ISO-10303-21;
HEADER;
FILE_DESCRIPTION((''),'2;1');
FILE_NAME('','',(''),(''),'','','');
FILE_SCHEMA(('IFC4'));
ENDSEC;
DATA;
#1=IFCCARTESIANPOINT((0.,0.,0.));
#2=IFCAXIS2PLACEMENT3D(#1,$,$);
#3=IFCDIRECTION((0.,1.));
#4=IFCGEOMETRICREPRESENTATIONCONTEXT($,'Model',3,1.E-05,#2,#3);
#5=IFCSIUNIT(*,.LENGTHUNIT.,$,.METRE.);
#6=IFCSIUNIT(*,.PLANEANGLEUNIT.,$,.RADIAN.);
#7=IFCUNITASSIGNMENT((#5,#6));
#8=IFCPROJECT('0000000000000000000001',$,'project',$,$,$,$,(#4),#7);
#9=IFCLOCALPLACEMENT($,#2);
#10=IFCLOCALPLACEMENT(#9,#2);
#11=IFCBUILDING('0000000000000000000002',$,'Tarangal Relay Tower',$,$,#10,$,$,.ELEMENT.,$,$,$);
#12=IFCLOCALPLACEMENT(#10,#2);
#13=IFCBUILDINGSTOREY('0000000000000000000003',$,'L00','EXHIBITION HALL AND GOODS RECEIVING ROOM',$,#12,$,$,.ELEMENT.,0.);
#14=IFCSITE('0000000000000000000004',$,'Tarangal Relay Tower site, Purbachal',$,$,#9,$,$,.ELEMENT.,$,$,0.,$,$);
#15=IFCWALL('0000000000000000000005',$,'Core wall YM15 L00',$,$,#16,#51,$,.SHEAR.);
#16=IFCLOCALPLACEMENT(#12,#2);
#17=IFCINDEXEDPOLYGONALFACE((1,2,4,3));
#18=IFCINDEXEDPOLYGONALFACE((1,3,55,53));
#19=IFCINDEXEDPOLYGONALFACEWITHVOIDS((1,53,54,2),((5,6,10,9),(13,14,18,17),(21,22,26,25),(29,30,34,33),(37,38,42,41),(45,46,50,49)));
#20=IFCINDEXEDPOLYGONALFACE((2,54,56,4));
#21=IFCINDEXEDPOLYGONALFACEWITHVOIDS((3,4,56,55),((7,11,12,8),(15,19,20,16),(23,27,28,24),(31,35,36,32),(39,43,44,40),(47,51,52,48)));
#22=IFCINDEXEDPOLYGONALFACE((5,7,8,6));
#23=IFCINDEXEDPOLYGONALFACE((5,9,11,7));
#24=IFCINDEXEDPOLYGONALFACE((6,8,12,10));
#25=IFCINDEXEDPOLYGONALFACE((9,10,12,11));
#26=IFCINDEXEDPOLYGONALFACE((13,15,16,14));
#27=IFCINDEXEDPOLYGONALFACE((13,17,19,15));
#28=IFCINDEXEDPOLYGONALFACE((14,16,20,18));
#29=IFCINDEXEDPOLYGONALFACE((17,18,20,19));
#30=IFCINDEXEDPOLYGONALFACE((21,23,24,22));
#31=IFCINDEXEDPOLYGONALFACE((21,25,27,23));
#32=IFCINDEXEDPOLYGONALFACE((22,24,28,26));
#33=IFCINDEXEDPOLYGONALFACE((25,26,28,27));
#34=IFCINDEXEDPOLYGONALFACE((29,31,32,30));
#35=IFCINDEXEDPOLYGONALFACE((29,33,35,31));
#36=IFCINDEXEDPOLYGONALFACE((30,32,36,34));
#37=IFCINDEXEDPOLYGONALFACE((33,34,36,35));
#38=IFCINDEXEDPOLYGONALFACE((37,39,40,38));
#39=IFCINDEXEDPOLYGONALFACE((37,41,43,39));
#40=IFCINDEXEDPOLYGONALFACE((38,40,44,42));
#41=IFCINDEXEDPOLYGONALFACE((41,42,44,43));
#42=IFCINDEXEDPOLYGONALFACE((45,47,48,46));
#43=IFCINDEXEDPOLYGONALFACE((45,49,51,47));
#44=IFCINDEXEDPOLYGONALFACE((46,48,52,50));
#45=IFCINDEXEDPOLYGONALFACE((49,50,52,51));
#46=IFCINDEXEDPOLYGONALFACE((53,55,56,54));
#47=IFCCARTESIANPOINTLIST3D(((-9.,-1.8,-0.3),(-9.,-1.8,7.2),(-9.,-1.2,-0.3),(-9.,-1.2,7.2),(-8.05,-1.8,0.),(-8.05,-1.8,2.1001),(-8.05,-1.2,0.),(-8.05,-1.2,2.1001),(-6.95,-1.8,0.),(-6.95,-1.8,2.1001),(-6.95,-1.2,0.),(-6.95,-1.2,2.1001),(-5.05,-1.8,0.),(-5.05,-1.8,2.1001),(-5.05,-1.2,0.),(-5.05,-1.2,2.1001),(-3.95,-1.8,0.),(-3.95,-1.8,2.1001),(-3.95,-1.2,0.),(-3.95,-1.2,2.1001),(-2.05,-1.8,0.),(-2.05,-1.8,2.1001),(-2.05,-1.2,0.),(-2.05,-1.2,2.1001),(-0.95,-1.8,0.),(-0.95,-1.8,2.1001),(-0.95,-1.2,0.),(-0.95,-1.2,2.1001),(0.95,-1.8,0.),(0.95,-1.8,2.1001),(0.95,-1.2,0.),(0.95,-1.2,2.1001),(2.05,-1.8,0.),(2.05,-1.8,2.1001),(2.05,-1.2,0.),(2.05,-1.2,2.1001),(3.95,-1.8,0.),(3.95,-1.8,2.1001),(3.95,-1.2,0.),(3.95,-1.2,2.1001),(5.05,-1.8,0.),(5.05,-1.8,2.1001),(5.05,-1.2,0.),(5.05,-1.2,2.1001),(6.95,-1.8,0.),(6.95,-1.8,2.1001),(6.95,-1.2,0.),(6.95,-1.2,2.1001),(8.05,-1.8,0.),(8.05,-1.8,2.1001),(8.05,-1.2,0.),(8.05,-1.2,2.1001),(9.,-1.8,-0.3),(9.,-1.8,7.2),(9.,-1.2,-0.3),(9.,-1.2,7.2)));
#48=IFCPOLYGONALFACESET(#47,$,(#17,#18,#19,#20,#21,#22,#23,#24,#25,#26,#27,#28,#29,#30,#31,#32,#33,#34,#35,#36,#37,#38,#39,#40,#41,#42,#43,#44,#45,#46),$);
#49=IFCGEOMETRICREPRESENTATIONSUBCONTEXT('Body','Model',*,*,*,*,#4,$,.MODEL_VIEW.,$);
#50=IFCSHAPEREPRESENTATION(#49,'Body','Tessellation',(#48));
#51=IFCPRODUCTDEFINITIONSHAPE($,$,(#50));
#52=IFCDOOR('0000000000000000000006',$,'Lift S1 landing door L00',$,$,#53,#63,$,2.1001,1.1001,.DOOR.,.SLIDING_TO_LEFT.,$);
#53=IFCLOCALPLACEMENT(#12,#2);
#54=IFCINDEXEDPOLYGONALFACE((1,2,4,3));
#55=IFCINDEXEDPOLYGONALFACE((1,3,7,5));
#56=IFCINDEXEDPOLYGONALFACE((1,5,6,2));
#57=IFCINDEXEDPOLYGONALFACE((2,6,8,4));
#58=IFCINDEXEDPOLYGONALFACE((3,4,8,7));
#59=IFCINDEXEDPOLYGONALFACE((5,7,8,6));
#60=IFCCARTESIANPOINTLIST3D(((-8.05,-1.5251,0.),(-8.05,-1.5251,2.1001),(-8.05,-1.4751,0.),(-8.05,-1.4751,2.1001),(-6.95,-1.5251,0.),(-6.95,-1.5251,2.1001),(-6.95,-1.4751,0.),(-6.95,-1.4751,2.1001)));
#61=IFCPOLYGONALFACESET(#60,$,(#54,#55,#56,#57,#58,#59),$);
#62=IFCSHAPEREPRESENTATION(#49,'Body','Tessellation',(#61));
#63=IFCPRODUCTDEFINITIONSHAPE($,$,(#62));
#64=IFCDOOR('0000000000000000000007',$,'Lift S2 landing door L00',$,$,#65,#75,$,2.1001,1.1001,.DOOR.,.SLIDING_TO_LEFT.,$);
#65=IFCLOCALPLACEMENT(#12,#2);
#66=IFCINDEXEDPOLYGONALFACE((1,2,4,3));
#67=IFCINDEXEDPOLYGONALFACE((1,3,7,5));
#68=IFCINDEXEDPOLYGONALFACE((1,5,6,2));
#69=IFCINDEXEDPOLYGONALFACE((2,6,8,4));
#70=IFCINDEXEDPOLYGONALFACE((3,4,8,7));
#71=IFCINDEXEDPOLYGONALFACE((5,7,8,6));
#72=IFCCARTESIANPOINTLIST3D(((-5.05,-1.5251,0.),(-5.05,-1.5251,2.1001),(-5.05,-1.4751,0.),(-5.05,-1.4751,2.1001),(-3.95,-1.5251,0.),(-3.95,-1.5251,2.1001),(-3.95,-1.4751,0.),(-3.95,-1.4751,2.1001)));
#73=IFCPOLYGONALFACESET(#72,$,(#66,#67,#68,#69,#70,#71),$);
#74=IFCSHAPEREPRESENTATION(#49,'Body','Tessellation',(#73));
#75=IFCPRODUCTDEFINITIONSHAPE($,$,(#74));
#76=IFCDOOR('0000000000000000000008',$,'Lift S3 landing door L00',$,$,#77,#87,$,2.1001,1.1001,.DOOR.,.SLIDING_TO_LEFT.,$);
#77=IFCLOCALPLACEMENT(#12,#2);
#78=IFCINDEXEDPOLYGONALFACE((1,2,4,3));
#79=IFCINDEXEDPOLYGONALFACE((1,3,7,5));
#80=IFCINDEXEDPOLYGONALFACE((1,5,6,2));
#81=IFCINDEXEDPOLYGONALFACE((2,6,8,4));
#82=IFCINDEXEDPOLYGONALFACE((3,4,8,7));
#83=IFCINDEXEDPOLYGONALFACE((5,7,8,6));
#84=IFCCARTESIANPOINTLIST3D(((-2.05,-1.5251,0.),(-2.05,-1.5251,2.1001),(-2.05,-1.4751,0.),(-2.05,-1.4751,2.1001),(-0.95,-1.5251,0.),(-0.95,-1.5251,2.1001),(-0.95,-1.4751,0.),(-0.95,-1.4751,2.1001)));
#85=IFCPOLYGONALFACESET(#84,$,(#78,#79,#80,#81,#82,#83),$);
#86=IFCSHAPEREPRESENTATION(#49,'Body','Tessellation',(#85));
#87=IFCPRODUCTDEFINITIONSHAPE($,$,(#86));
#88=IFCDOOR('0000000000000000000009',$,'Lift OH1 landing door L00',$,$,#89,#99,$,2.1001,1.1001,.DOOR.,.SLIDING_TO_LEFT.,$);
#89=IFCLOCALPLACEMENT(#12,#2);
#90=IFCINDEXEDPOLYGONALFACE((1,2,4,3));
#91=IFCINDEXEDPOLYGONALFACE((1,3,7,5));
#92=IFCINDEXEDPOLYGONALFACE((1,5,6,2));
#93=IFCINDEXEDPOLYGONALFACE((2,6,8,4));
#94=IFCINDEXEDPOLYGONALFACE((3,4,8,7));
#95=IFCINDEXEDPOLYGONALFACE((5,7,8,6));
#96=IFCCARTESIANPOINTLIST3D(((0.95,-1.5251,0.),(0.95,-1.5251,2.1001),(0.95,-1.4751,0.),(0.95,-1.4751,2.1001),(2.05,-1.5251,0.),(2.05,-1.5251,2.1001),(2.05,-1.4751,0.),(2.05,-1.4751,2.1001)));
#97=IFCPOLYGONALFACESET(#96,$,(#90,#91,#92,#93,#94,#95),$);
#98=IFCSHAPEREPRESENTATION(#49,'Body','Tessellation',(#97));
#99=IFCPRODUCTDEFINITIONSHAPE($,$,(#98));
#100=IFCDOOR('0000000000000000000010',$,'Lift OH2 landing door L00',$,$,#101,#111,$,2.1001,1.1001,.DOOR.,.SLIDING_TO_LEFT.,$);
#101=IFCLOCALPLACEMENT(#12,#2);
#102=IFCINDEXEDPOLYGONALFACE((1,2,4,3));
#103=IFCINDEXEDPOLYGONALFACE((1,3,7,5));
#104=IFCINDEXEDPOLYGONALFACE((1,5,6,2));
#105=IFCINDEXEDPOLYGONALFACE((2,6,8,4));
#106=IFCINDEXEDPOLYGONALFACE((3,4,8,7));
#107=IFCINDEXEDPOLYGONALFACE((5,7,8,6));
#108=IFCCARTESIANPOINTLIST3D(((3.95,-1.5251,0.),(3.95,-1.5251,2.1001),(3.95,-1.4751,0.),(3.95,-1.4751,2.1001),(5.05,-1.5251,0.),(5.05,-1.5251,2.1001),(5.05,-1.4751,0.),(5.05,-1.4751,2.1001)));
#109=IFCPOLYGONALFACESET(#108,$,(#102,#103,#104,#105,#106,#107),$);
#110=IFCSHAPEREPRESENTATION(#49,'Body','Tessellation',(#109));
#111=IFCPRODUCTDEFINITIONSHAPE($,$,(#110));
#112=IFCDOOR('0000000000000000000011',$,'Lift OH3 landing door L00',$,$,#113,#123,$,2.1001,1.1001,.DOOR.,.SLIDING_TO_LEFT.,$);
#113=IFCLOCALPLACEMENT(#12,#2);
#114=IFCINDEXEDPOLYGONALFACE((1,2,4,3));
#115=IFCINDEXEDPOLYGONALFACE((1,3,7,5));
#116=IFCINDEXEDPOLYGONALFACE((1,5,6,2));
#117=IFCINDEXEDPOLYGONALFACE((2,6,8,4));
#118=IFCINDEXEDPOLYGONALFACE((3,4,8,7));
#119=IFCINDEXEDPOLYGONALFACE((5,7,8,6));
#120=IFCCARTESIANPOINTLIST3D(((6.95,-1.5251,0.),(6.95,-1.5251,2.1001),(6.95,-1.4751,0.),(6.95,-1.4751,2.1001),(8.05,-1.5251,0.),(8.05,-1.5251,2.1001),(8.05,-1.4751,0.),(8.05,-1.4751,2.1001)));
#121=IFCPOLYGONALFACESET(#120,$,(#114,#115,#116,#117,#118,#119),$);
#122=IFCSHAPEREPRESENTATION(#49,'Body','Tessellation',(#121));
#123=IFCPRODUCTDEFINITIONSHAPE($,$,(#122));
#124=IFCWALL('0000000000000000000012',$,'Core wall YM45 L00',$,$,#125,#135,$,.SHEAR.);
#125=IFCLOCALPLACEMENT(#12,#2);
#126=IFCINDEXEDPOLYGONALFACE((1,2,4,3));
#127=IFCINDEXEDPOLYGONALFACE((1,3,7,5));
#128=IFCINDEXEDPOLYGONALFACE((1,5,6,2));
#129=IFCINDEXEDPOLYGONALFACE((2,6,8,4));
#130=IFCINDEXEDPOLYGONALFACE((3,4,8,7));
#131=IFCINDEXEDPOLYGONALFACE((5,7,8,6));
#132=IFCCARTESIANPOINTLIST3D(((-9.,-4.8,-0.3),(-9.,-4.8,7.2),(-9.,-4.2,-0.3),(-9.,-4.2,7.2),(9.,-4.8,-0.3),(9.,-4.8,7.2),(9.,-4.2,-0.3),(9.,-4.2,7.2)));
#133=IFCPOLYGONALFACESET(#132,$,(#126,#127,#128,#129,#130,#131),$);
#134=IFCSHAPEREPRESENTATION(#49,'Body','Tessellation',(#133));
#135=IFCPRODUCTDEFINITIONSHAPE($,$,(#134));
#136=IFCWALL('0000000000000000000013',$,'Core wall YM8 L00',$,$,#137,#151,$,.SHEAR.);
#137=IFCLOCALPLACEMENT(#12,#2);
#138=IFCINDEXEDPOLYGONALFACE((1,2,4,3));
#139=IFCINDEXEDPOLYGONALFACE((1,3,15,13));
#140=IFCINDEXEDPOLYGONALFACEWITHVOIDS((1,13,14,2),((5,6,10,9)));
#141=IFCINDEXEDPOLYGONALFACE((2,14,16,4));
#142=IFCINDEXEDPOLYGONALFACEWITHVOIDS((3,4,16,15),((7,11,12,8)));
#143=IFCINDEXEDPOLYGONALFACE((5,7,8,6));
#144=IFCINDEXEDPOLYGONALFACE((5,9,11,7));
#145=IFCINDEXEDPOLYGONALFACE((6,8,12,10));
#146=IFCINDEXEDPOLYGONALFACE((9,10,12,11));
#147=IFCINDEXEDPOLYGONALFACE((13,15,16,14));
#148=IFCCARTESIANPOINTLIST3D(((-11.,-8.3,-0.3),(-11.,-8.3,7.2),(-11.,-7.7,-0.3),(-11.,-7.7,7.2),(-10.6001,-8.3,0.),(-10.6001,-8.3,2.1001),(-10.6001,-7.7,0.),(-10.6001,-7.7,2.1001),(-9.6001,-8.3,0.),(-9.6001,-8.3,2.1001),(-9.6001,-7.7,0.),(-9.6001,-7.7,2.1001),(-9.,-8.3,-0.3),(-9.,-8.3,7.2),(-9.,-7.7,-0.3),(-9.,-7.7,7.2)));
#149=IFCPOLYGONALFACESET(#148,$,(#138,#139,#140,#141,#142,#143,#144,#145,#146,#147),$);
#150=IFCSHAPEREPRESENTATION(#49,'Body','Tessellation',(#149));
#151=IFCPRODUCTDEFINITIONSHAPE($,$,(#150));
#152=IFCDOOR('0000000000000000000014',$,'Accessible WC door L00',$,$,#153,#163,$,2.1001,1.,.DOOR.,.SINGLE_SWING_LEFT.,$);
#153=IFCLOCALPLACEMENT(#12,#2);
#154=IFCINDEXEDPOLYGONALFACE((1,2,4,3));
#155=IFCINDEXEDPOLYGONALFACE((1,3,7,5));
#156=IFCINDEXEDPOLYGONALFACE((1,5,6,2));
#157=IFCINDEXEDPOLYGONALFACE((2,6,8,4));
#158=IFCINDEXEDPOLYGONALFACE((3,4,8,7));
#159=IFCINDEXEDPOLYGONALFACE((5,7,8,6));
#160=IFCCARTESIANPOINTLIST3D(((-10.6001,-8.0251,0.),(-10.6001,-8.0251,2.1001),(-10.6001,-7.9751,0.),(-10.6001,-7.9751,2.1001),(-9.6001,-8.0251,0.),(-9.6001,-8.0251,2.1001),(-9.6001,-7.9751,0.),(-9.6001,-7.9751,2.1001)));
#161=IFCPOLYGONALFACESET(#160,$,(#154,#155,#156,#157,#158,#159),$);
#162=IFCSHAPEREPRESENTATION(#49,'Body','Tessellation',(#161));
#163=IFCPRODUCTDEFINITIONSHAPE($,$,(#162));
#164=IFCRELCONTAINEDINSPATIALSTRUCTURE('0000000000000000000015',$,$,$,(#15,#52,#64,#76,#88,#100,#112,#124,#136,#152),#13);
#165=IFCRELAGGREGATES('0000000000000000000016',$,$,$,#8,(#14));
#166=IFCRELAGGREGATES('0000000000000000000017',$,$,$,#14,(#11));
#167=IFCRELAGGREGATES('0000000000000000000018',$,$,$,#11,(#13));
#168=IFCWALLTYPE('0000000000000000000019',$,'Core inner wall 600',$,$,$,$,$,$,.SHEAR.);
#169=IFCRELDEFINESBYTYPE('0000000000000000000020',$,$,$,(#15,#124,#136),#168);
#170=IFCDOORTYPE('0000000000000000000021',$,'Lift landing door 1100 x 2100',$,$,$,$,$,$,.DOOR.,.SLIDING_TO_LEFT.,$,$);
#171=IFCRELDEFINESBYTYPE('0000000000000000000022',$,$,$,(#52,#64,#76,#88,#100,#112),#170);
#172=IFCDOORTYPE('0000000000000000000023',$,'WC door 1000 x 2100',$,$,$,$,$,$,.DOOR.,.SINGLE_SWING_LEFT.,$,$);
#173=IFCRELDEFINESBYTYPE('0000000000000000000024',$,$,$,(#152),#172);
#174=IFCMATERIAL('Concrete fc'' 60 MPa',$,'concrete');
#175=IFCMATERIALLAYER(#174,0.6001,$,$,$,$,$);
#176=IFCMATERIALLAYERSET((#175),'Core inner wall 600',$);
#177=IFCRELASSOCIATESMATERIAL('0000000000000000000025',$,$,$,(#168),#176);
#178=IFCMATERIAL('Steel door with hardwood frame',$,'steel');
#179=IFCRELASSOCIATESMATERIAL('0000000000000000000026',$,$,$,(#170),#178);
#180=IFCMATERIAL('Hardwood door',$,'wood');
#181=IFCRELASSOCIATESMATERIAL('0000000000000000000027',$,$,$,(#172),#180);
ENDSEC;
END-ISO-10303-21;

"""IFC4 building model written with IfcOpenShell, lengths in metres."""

from ifc_helpers import new_model, si_unit, direction, frame, frame_2d, origin, place, context, subcontext, project, spatial, rectangle, extrude, material, layer, layer_set, type_object, element, fill, save


model = new_model("IFC4")

# Units and contexts
model_context = context("Model", 3, precision=1e-05, world=origin(), true_north=direction((0.0, 1.0)))
body_context = subcontext(model_context, "Body", "Model", "MODEL_VIEW")
ifc_project = project(units=[si_unit("LENGTHUNIT", "METRE"), si_unit("PLANEANGLEUNIT", "RADIAN")], contexts=[model_context])

# Site, building, storey
site_placement = place(None, origin())
site = spatial("IfcSite", under=ifc_project, at=site_placement, Name="Tarangal Relay Tower site, Purbachal", CompositionType="ELEMENT", RefElevation=0.0)
building_placement = place(site_placement, origin())
building = spatial("IfcBuilding", under=site, at=building_placement, Name="Tarangal Relay Tower", CompositionType="ELEMENT")
storey_placement = place(building_placement, origin())
storey = spatial("IfcBuildingStorey", under=building, at=storey_placement, Name="L00", Description="EXHIBITION HALL AND GOODS RECEIVING ROOM", CompositionType="ELEMENT", Elevation=0.0)

# Wall, openings, doors
ifc_material_1 = material(Name="Concrete fc' 60 MPa", Category="concrete")
ifc_layer = layer(ifc_material_1, 0.6001)
ifc_layer_set = layer_set([ifc_layer], Name="Core inner wall 600")
wall_type = type_object("IfcWallType", Name="Core inner wall 600", PredefinedType="SHEAR", material=ifc_layer_set)
wall_1_placement = place(storey_placement, frame((-9.0, -1.5, -0.3), z_axis=(0.0, 0.0, 1.0), x_axis=(1.0, 0.0, 0.0)))
wall_1 = element("IfcWall", 1, at=wall_1_placement, inside=storey, type_object=wall_type, Name="Core wall YM15 L00", PredefinedType="SHEAR", context=body_context, shape_type="SweptSolid", body=[
    extrude(rectangle(XDim=18.0, YDim=0.6001, at=frame_2d((9.0, 0.0))), origin(), (0.0, 0.0, 1.0), 7.5),
])
opening_1_placement = place(wall_1_placement, frame((0.95, 0.0, 0.3)))
opening_1 = element("IfcOpeningElement", 2, at=opening_1_placement, cuts=wall_1, PredefinedType="OPENING", context=body_context, shape_type="SweptSolid", body=[
    extrude(rectangle(XDim=1.1001, YDim=2.1001, at=frame_2d((0.55, 1.05))), frame((0.0, 0.3101, 0.0), z_axis=(0.0, -1.0, 0.0), x_axis=(1.0, 0.0, 0.0)), (0.0, 0.0, 1.0), 0.6201),
])
opening_2_placement = place(wall_1_placement, frame((3.95, 0.0, 0.3)))
opening_2 = element("IfcOpeningElement", 3, at=opening_2_placement, cuts=wall_1, PredefinedType="OPENING", context=body_context, shape_type="SweptSolid", body=[
    extrude(rectangle(XDim=1.1001, YDim=2.1001, at=frame_2d((0.55, 1.05))), frame((0.0, 0.3101, 0.0), z_axis=(0.0, -1.0, 0.0), x_axis=(1.0, 0.0, 0.0)), (0.0, 0.0, 1.0), 0.6201),
])
opening_3_placement = place(wall_1_placement, frame((6.95, 0.0, 0.3)))
opening_3 = element("IfcOpeningElement", 4, at=opening_3_placement, cuts=wall_1, PredefinedType="OPENING", context=body_context, shape_type="SweptSolid", body=[
    extrude(rectangle(XDim=1.1001, YDim=2.1001, at=frame_2d((0.55, 1.05))), frame((0.0, 0.3101, 0.0), z_axis=(0.0, -1.0, 0.0), x_axis=(1.0, 0.0, 0.0)), (0.0, 0.0, 1.0), 0.6201),
])
opening_4_placement = place(wall_1_placement, frame((9.95, 0.0, 0.3)))
opening_4 = element("IfcOpeningElement", 5, at=opening_4_placement, cuts=wall_1, PredefinedType="OPENING", context=body_context, shape_type="SweptSolid", body=[
    extrude(rectangle(XDim=1.1001, YDim=2.1001, at=frame_2d((0.55, 1.05))), frame((0.0, 0.3101, 0.0), z_axis=(0.0, -1.0, 0.0), x_axis=(1.0, 0.0, 0.0)), (0.0, 0.0, 1.0), 0.6201),
])
opening_5_placement = place(wall_1_placement, frame((12.95, 0.0, 0.3)))
opening_5 = element("IfcOpeningElement", 6, at=opening_5_placement, cuts=wall_1, PredefinedType="OPENING", context=body_context, shape_type="SweptSolid", body=[
    extrude(rectangle(XDim=1.1001, YDim=2.1001, at=frame_2d((0.55, 1.05))), frame((0.0, 0.3101, 0.0), z_axis=(0.0, -1.0, 0.0), x_axis=(1.0, 0.0, 0.0)), (0.0, 0.0, 1.0), 0.6201),
])
opening_6_placement = place(wall_1_placement, frame((15.95, 0.0, 0.3)))
opening_6 = element("IfcOpeningElement", 7, at=opening_6_placement, cuts=wall_1, PredefinedType="OPENING", context=body_context, shape_type="SweptSolid", body=[
    extrude(rectangle(XDim=1.1001, YDim=2.1001, at=frame_2d((0.55, 1.05))), frame((0.0, 0.3101, 0.0), z_axis=(0.0, -1.0, 0.0), x_axis=(1.0, 0.0, 0.0)), (0.0, 0.0, 1.0), 0.6201),
])
ifc_material_2 = material(Name="Steel door with hardwood frame", Category="steel")
door_type_1 = type_object("IfcDoorType", Name="Lift landing door 1100 x 2100", OperationType="SLIDING_TO_LEFT", PredefinedType="DOOR", material=ifc_material_2)
door_1_placement = place(opening_1_placement, origin())
door_1 = element("IfcDoor", 8, at=door_1_placement, inside=storey, type_object=door_type_1, Name="Lift S1 landing door L00", OperationType="SLIDING_TO_LEFT", OverallHeight=2.1001, OverallWidth=1.1001, PredefinedType="DOOR", context=body_context, shape_type="SweptSolid", body=[
    extrude(rectangle(XDim=1.1001, YDim=2.1001, at=frame_2d((0.55, 1.05))), frame((0.0, 0.0249, 0.0), z_axis=(0.0, -1.0, 0.0), x_axis=(1.0, 0.0, 0.0)), (0.0, 0.0, 1.0), 0.05),
])
fill(opening_1, door_1)
door_2_placement = place(opening_2_placement, origin())
door_2 = element("IfcDoor", 9, at=door_2_placement, inside=storey, type_object=door_type_1, Name="Lift S2 landing door L00", OperationType="SLIDING_TO_LEFT", OverallHeight=2.1001, OverallWidth=1.1001, PredefinedType="DOOR", context=body_context, shape_type="SweptSolid", body=[
    extrude(rectangle(XDim=1.1001, YDim=2.1001, at=frame_2d((0.55, 1.05))), frame((0.0, 0.0249, 0.0), z_axis=(0.0, -1.0, 0.0), x_axis=(1.0, 0.0, 0.0)), (0.0, 0.0, 1.0), 0.05),
])
fill(opening_2, door_2)
door_3_placement = place(opening_3_placement, origin())
door_3 = element("IfcDoor", 10, at=door_3_placement, inside=storey, type_object=door_type_1, Name="Lift S3 landing door L00", OperationType="SLIDING_TO_LEFT", OverallHeight=2.1001, OverallWidth=1.1001, PredefinedType="DOOR", context=body_context, shape_type="SweptSolid", body=[
    extrude(rectangle(XDim=1.1001, YDim=2.1001, at=frame_2d((0.55, 1.05))), frame((0.0, 0.0249, 0.0), z_axis=(0.0, -1.0, 0.0), x_axis=(1.0, 0.0, 0.0)), (0.0, 0.0, 1.0), 0.05),
])
fill(opening_3, door_3)
door_4_placement = place(opening_4_placement, origin())
door_4 = element("IfcDoor", 11, at=door_4_placement, inside=storey, type_object=door_type_1, Name="Lift OH1 landing door L00", OperationType="SLIDING_TO_LEFT", OverallHeight=2.1001, OverallWidth=1.1001, PredefinedType="DOOR", context=body_context, shape_type="SweptSolid", body=[
    extrude(rectangle(XDim=1.1001, YDim=2.1001, at=frame_2d((0.55, 1.05))), frame((0.0, 0.0249, 0.0), z_axis=(0.0, -1.0, 0.0), x_axis=(1.0, 0.0, 0.0)), (0.0, 0.0, 1.0), 0.05),
])
fill(opening_4, door_4)
door_5_placement = place(opening_5_placement, origin())
door_5 = element("IfcDoor", 12, at=door_5_placement, inside=storey, type_object=door_type_1, Name="Lift OH2 landing door L00", OperationType="SLIDING_TO_LEFT", OverallHeight=2.1001, OverallWidth=1.1001, PredefinedType="DOOR", context=body_context, shape_type="SweptSolid", body=[
    extrude(rectangle(XDim=1.1001, YDim=2.1001, at=frame_2d((0.55, 1.05))), frame((0.0, 0.0249, 0.0), z_axis=(0.0, -1.0, 0.0), x_axis=(1.0, 0.0, 0.0)), (0.0, 0.0, 1.0), 0.05),
])
fill(opening_5, door_5)
door_6_placement = place(opening_6_placement, origin())
door_6 = element("IfcDoor", 13, at=door_6_placement, inside=storey, type_object=door_type_1, Name="Lift OH3 landing door L00", OperationType="SLIDING_TO_LEFT", OverallHeight=2.1001, OverallWidth=1.1001, PredefinedType="DOOR", context=body_context, shape_type="SweptSolid", body=[
    extrude(rectangle(XDim=1.1001, YDim=2.1001, at=frame_2d((0.55, 1.05))), frame((0.0, 0.0249, 0.0), z_axis=(0.0, -1.0, 0.0), x_axis=(1.0, 0.0, 0.0)), (0.0, 0.0, 1.0), 0.05),
])
fill(opening_6, door_6)

# Wall
wall_2_placement = place(storey_placement, frame((-9.0, -4.5, -0.3), z_axis=(0.0, 0.0, 1.0), x_axis=(1.0, 0.0, 0.0)))
element("IfcWall", 14, at=wall_2_placement, inside=storey, type_object=wall_type, Name="Core wall YM45 L00", PredefinedType="SHEAR", context=body_context, shape_type="SweptSolid", body=[
    extrude(rectangle(XDim=18.0, YDim=0.6001, at=frame_2d((9.0, 0.0))), origin(), (0.0, 0.0, 1.0), 7.5),
])

# Wall, opening, door
wall_3_placement = place(storey_placement, frame((-11.0, -8.0, -0.3), z_axis=(0.0, 0.0, 1.0), x_axis=(1.0, 0.0, 0.0)))
wall_3 = element("IfcWall", 15, at=wall_3_placement, inside=storey, type_object=wall_type, Name="Core wall YM8 L00", PredefinedType="SHEAR", context=body_context, shape_type="SweptSolid", body=[
    extrude(rectangle(XDim=2.0, YDim=0.6001, at=frame_2d((1.0, 0.0))), origin(), (0.0, 0.0, 1.0), 7.5),
])
opening_7_placement = place(wall_3_placement, frame((0.3999, 0.0, 0.3)))
opening_7 = element("IfcOpeningElement", 16, at=opening_7_placement, cuts=wall_3, PredefinedType="OPENING", context=body_context, shape_type="SweptSolid", body=[
    extrude(rectangle(XDim=1.0, YDim=2.1001, at=frame_2d((0.5, 1.05))), frame((0.0, 0.3101, 0.0), z_axis=(0.0, -1.0, 0.0), x_axis=(1.0, 0.0, 0.0)), (0.0, 0.0, 1.0), 0.6201),
])
ifc_material_3 = material(Name="Hardwood door", Category="wood")
door_type_2 = type_object("IfcDoorType", Name="WC door 1000 x 2100", OperationType="SINGLE_SWING_LEFT", PredefinedType="DOOR", material=ifc_material_3)
door_7_placement = place(opening_7_placement, origin())
door_7 = element("IfcDoor", 17, at=door_7_placement, inside=storey, type_object=door_type_2, Name="Accessible WC door L00", OperationType="SINGLE_SWING_LEFT", OverallHeight=2.1001, OverallWidth=1.0, PredefinedType="DOOR", context=body_context, shape_type="SweptSolid", body=[
    extrude(rectangle(XDim=1.0, YDim=2.1001, at=frame_2d((0.5, 1.05))), frame((0.0, 0.0249, 0.0), z_axis=(0.0, -1.0, 0.0), x_axis=(1.0, 0.0, 0.0)), (0.0, 0.0, 1.0), 0.05),
])
fill(opening_7, door_7)

save(model, "model.ifc")
